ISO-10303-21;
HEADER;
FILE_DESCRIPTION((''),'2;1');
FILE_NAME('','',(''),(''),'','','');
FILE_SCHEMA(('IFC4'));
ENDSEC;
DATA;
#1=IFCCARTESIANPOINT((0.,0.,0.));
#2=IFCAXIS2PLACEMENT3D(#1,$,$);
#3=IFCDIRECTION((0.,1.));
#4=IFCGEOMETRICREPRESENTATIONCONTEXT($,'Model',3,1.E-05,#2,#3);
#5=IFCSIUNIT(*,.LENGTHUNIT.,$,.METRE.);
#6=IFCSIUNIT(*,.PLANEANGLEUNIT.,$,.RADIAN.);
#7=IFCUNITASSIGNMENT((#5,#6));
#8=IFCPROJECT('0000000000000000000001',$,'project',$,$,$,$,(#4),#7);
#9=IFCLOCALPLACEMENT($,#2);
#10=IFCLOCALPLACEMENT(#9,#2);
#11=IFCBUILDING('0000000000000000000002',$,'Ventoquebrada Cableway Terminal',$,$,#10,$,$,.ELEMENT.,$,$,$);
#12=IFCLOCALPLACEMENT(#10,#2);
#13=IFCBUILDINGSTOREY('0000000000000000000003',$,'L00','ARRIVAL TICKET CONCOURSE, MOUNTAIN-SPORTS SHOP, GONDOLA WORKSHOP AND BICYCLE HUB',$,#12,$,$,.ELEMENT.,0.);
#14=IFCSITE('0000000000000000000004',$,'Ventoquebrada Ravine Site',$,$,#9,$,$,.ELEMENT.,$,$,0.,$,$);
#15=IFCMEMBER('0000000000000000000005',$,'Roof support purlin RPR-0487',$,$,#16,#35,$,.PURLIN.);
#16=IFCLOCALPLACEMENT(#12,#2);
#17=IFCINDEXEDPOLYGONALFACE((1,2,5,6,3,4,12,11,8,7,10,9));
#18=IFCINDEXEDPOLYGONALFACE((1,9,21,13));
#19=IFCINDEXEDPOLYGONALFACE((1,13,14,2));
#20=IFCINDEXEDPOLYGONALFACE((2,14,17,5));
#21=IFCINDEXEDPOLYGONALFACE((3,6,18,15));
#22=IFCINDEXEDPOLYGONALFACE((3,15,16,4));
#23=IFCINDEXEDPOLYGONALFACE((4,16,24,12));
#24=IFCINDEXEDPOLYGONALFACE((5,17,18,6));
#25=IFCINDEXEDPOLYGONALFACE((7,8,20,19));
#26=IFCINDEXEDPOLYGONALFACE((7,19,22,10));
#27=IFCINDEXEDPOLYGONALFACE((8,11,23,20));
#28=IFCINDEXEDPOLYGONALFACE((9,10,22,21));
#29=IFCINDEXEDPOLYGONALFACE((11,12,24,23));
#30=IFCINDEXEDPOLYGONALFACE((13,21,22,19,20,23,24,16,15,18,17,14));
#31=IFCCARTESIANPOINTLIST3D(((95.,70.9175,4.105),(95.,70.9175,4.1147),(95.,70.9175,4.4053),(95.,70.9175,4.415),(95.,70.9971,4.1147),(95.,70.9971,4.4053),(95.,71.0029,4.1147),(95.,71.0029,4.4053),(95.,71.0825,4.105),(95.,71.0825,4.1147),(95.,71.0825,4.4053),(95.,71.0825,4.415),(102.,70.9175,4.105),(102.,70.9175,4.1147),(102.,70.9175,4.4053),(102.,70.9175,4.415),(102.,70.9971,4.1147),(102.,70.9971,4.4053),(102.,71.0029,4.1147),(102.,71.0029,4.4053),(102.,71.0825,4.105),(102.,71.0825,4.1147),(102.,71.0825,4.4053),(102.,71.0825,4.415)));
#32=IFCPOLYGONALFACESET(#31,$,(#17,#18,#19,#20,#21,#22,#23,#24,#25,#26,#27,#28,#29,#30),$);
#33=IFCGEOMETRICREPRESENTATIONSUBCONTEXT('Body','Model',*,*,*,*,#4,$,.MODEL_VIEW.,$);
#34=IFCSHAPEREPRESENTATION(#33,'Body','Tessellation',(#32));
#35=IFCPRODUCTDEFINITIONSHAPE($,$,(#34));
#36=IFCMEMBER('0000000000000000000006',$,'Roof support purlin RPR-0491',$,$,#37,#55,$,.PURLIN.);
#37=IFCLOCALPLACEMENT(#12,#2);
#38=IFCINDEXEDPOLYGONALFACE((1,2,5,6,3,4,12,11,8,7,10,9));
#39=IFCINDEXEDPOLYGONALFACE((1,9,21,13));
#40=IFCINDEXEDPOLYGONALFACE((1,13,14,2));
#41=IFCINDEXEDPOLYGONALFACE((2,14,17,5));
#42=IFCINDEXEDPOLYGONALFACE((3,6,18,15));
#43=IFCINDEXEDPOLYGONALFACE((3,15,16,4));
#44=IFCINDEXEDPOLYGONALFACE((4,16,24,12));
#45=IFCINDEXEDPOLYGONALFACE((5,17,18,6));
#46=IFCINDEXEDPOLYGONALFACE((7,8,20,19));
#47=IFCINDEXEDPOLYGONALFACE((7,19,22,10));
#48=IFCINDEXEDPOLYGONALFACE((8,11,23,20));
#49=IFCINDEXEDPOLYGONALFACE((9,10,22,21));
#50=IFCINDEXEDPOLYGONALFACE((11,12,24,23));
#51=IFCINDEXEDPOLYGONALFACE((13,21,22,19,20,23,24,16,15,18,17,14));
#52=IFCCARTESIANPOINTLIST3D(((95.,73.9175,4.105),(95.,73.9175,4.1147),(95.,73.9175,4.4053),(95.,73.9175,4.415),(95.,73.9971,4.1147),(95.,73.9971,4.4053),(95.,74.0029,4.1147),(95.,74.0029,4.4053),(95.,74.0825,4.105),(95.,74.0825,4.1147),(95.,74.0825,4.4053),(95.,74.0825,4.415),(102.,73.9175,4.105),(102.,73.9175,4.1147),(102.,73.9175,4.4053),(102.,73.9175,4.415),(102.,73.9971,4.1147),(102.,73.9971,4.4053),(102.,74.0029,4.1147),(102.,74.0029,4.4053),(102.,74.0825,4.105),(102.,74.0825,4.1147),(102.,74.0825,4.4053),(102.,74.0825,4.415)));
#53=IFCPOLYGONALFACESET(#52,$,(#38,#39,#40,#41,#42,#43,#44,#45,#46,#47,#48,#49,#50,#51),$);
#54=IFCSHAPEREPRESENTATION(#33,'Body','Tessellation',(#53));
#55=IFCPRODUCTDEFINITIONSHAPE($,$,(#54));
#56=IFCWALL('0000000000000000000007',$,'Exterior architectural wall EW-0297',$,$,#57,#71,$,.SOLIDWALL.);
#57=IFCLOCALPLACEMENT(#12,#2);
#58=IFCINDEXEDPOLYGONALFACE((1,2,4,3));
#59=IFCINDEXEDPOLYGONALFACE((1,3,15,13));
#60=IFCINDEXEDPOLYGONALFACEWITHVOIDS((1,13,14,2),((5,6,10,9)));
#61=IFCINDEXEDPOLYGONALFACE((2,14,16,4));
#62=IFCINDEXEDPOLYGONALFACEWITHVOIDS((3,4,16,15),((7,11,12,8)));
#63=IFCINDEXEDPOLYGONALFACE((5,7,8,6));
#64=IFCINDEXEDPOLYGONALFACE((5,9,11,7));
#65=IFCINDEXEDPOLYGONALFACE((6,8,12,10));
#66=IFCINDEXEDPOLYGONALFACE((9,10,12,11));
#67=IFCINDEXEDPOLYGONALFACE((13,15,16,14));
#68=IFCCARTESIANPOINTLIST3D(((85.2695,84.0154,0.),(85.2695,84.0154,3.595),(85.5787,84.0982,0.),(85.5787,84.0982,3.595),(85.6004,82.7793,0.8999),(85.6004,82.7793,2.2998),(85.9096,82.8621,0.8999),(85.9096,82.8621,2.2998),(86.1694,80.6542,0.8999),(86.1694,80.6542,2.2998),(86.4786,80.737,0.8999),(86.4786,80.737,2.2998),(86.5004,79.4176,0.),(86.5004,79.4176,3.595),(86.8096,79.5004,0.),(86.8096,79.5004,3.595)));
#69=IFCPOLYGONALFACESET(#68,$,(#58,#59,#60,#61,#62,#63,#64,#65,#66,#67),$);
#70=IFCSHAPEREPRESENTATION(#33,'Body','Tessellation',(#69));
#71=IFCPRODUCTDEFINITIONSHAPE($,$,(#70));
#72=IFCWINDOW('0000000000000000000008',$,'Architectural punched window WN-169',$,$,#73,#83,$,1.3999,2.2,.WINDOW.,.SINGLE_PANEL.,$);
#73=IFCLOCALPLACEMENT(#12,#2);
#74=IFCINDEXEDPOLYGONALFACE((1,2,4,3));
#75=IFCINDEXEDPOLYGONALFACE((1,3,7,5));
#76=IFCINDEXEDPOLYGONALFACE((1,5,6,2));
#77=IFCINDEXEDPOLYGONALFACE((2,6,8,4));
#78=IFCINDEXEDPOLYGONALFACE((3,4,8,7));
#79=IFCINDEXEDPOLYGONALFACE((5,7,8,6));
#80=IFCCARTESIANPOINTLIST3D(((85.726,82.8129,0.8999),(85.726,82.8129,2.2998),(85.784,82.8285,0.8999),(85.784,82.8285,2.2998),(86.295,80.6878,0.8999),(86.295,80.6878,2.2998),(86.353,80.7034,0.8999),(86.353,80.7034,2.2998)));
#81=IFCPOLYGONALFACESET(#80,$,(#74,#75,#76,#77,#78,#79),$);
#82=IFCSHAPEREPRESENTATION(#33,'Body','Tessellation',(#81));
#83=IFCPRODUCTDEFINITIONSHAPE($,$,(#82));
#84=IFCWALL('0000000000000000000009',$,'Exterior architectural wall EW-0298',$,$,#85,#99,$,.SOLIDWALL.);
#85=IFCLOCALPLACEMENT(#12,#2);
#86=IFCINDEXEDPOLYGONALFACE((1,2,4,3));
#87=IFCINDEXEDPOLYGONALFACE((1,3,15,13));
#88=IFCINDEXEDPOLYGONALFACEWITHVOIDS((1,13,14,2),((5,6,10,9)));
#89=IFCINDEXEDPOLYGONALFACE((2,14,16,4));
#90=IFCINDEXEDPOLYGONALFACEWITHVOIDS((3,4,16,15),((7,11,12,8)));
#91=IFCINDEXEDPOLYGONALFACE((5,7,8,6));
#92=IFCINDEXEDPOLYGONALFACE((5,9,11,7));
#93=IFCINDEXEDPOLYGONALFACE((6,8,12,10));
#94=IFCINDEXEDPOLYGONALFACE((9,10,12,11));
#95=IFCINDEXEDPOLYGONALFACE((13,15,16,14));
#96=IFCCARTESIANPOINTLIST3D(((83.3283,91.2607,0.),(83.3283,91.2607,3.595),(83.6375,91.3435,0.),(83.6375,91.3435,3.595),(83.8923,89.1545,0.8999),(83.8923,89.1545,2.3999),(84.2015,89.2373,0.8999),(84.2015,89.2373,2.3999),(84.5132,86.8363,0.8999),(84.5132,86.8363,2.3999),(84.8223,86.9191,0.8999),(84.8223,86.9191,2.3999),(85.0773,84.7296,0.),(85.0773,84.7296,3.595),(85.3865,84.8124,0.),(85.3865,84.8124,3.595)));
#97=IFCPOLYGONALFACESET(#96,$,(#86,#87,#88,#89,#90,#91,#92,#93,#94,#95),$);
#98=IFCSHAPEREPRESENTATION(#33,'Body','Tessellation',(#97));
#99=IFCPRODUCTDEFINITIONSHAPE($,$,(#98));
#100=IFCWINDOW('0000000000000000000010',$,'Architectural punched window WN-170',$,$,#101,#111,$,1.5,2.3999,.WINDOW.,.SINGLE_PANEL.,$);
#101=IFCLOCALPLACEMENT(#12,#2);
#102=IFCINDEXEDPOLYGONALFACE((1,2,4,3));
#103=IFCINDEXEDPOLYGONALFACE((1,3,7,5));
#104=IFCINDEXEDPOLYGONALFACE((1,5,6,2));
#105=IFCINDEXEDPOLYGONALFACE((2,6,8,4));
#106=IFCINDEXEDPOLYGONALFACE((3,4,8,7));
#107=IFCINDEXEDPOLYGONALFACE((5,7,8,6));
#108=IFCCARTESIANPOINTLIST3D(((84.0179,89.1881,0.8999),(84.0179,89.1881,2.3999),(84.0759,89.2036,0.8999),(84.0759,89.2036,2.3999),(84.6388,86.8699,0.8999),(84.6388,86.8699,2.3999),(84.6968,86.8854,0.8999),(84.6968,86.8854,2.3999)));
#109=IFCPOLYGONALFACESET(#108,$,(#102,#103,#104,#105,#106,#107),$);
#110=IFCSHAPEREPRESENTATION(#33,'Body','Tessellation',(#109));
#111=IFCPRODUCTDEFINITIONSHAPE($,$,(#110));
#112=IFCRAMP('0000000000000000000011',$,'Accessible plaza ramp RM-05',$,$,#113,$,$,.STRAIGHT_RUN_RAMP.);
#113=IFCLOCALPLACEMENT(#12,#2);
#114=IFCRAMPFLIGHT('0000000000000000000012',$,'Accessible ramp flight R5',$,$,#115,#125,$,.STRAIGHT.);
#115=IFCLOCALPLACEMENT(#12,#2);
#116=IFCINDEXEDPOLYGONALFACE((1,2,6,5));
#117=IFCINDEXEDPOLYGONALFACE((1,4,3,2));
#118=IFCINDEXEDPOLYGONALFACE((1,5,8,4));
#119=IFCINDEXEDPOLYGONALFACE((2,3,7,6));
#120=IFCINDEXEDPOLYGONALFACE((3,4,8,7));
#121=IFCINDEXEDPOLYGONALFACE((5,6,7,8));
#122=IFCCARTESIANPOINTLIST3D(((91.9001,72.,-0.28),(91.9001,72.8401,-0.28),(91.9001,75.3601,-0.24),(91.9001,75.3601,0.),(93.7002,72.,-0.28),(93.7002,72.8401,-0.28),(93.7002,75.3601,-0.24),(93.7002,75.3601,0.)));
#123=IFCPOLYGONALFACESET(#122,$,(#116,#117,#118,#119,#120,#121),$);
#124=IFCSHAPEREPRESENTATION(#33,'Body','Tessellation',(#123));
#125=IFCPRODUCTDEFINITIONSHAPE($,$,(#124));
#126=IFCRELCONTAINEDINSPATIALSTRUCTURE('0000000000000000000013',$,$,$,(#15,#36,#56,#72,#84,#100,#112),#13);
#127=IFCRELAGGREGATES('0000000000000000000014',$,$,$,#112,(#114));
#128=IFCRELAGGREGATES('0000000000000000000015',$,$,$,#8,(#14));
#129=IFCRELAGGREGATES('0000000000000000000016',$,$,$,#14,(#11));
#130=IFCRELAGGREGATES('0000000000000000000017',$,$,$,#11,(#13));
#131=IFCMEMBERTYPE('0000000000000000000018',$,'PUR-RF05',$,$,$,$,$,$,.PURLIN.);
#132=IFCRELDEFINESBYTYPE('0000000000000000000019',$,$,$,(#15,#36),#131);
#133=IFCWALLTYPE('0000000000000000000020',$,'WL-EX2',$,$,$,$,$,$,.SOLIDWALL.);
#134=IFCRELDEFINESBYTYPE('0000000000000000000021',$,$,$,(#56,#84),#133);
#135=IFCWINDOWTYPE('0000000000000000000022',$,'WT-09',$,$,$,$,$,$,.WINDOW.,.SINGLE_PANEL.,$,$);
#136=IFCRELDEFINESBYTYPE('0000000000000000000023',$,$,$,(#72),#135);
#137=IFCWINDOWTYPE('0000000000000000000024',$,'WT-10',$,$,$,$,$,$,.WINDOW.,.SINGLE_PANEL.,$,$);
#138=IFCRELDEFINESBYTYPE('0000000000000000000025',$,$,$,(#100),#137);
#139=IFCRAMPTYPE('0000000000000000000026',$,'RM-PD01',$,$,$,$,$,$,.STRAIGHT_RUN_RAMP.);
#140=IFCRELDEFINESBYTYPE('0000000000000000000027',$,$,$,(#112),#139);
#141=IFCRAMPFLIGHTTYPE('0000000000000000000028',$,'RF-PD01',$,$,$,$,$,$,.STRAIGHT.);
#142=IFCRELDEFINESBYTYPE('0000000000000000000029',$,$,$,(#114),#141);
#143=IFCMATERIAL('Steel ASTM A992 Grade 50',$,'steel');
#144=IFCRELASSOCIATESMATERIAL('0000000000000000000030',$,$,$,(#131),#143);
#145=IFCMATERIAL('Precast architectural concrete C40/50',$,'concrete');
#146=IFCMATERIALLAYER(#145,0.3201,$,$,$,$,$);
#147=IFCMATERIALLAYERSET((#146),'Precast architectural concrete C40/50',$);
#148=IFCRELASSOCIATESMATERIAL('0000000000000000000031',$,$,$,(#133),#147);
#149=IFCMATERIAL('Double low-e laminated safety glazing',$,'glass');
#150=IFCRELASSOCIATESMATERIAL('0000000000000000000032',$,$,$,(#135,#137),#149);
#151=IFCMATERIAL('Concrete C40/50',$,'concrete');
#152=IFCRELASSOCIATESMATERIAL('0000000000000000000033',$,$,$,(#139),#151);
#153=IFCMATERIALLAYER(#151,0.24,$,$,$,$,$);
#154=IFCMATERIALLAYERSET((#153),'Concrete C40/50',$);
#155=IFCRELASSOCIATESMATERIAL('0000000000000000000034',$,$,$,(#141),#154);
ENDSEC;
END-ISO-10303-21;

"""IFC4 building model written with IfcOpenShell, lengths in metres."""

from ifc_helpers import new_model, si_unit, direction, frame, frame_2d, origin, origin_2d, place, context, subcontext, project, spatial, polyline, rectangle, i_section, outline, extrude, material, layer, layer_set, material_profile, profile_set, type_object, element, fill, aggregate, save


model = new_model("IFC4")

# Units and contexts
model_context = context("Model", 3, precision=1e-05, world=origin(), true_north=direction((0.0, 1.0)))
body_context = subcontext(model_context, "Body", "Model", "MODEL_VIEW")
ifc_project = project(units=[si_unit("LENGTHUNIT", "METRE"), si_unit("PLANEANGLEUNIT", "RADIAN")], contexts=[model_context])

# Site, building, storey
site_placement = place(None, origin())
site = spatial("IfcSite", under=ifc_project, at=site_placement, Name="Ventoquebrada Ravine Site", CompositionType="ELEMENT", RefElevation=0.0)
building_placement = place(site_placement, origin())
building = spatial("IfcBuilding", under=site, at=building_placement, Name="Ventoquebrada Cableway Terminal", CompositionType="ELEMENT")
storey_placement = place(building_placement, origin())
storey = spatial("IfcBuildingStorey", under=building, at=storey_placement, Name="L00", Description="ARRIVAL TICKET CONCOURSE, MOUNTAIN-SPORTS SHOP, GONDOLA WORKSHOP AND BICYCLE HUB", CompositionType="ELEMENT", Elevation=0.0)

# Shared definitions
ifc_material_1 = material(Name="Concrete C40/50", Category="concrete")

# Members
ifc_material_2 = material(Name="Steel ASTM A992 Grade 50", Category="steel")
ifc_material_profile_1 = material_profile(ifc_material_2, i_section(OverallWidth=0.165, OverallDepth=0.3101, WebThickness=0.0059, FlangeThickness=0.0098, at=origin_2d()), Name="W12X26")
ifc_profile_set_1 = profile_set([ifc_material_profile_1], Name="Steel ASTM A992 Grade 50")
member_type = type_object("IfcMemberType", Name="PUR-RF05", PredefinedType="PURLIN", material=ifc_profile_set_1)
for number, where, z_axis, x_axis, name in (
    (1, (95.0, 71.0, 4.26), (1.0, 0.0, 0.0), (0.0, 1.0, 0.0), "Roof support purlin RPR-0487"),
    (2, (95.0, 74.0, 4.26), (1.0, 0.0, 0.0), (0.0, 1.0, 0.0), "Roof support purlin RPR-0491"),
):
    element("IfcMember", number, at=place(storey_placement, frame(where, z_axis=z_axis, x_axis=x_axis)), inside=storey, type_object=member_type, Name=name, PredefinedType="PURLIN", context=body_context, shape_type="SweptSolid", body=[
        extrude(i_section(OverallWidth=0.165, OverallDepth=0.3101, WebThickness=0.0059, FlangeThickness=0.0098, at=origin_2d()), origin(), (0.0, 0.0, 1.0), 7.0),
    ])

# Walls, openings, windows
ifc_material_3 = material(Name="Precast architectural concrete C40/50", Category="concrete")
ifc_layer_1 = layer(ifc_material_3, 0.3201)
ifc_layer_set_1 = layer_set([ifc_layer_1], Name="Precast architectural concrete C40/50")
wall_type = type_object("IfcWallType", Name="WL-EX2", PredefinedType="SOLIDWALL", material=ifc_layer_set_1)
wall_1_placement = place(storey_placement, frame((86.655, 79.459, 0.0), z_axis=(0.0, 0.0, 1.0), x_axis=(-0.258614, 0.965981, 0.0)))
wall_1 = element("IfcWall", 3, at=wall_1_placement, inside=storey, type_object=wall_type, Name="Exterior architectural wall EW-0297", PredefinedType="SOLIDWALL", context=body_context, shape_type="SweptSolid", body=[
    extrude(rectangle(XDim=4.7598, YDim=0.3201, at=frame_2d((2.3799, 0.0))), origin(), (0.0, 0.0, 1.0), 3.595),
])
opening_1_placement = place(wall_1_placement, frame((1.28, 0.0, 0.8999)))
opening_1 = element("IfcOpeningElement", 4, at=opening_1_placement, cuts=wall_1, PredefinedType="OPENING", context=body_context, shape_type="SweptSolid", body=[
    extrude(rectangle(XDim=2.2, YDim=1.3999, at=frame_2d((1.1001, 0.7))), frame((0.0, 0.1699, 0.0), z_axis=(0.0, -1.0, 0.0), x_axis=(1.0, 0.0, 0.0)), (0.0, 0.0, 1.0), 0.3401),
])
ifc_material_4 = material(Name="Double low-e laminated safety glazing", Category="glass")
window_type_1 = type_object("IfcWindowType", Name="WT-09", PartitioningType="SINGLE_PANEL", PredefinedType="WINDOW", material=ifc_material_4)
window_1_placement = place(opening_1_placement, origin())
window_1 = element("IfcWindow", 5, at=window_1_placement, inside=storey, type_object=window_type_1, Name="Architectural punched window WN-169", OverallHeight=1.3999, OverallWidth=2.2, PartitioningType="SINGLE_PANEL", PredefinedType="WINDOW", context=body_context, shape_type="SweptSolid", body=[
    extrude(rectangle(XDim=2.2, YDim=1.3999, at=frame_2d((1.1001, 0.7))), frame((0.0, 0.03, 0.0), z_axis=(0.0, -1.0, 0.0), x_axis=(1.0, 0.0, 0.0)), (0.0, 0.0, 1.0), 0.0601),
])
fill(opening_1, window_1)
wall_2_placement = place(storey_placement, frame((85.2319, 84.771, 0.0), z_axis=(0.0, 0.0, 1.0), x_axis=(-0.258687, 0.965961, 0.0)))
wall_2 = element("IfcWall", 6, at=wall_2_placement, inside=storey, type_object=wall_type, Name="Exterior architectural wall EW-0298", PredefinedType="SOLIDWALL", context=body_context, shape_type="SweptSolid", body=[
    extrude(rectangle(XDim=6.7612, YDim=0.3201, at=frame_2d((3.3806, 0.0))), origin(), (0.0, 0.0, 1.0), 3.595),
])
opening_2_placement = place(wall_2_placement, frame((2.1809, 0.0, 0.8999)))
opening_2 = element("IfcOpeningElement", 7, at=opening_2_placement, cuts=wall_2, PredefinedType="OPENING", context=body_context, shape_type="SweptSolid", body=[
    extrude(rectangle(XDim=2.3999, YDim=1.5, at=frame_2d((1.2, 0.75))), frame((0.0, 0.1699, 0.0), z_axis=(0.0, -1.0, 0.0), x_axis=(1.0, 0.0, 0.0)), (0.0, 0.0, 1.0), 0.3401),
])
window_type_2 = type_object("IfcWindowType", Name="WT-10", PartitioningType="SINGLE_PANEL", PredefinedType="WINDOW", material=ifc_material_4)
window_2_placement = place(opening_2_placement, origin())
window_2 = element("IfcWindow", 8, at=window_2_placement, inside=storey, type_object=window_type_2, Name="Architectural punched window WN-170", OverallHeight=1.5, OverallWidth=2.3999, PartitioningType="SINGLE_PANEL", PredefinedType="WINDOW", context=body_context, shape_type="SweptSolid", body=[
    extrude(rectangle(XDim=2.3999, YDim=1.5, at=frame_2d((1.2, 0.75))), frame((0.0, 0.03, 0.0), z_axis=(0.0, -1.0, 0.0), x_axis=(1.0, 0.0, 0.0)), (0.0, 0.0, 1.0), 0.0601),
])
fill(opening_2, window_2)

# Ramp, ramp flight
ramp_type = type_object("IfcRampType", Name="RM-PD01", PredefinedType="STRAIGHT_RUN_RAMP", material=ifc_material_1)
ramp_placement = place(storey_placement, origin())
ramp = element("IfcRamp", 9, at=ramp_placement, inside=storey, type_object=ramp_type, Name="Accessible plaza ramp RM-05", PredefinedType="STRAIGHT_RUN_RAMP")
ifc_layer_2 = layer(ifc_material_1, 0.24)
ifc_layer_set_2 = layer_set([ifc_layer_2], Name="Concrete C40/50")
ramp_flight_type = type_object("IfcRampFlightType", Name="RF-PD01", PredefinedType="STRAIGHT", material=ifc_layer_set_2)
ramp_flight_placement = place(storey_placement, frame((92.8, 72.0, -0.28), z_axis=(0.0, 0.0, 1.0), x_axis=(0.0, 1.0, 0.0)))
ramp_flight = element("IfcRampFlight", 10, at=ramp_flight_placement, type_object=ramp_flight_type, Name="Accessible ramp flight R5", PredefinedType="STRAIGHT", context=body_context, shape_type="SweptSolid", body=[
    extrude(outline(polyline([(0.0, 0.0), (0.8401, 0.0), (3.3601, 0.04), (3.3601, 0.28), (0.0, 0.0)])), frame((0.0, 0.8999, 0.0), z_axis=(0.0, -1.0, 0.0), x_axis=(1.0, 0.0, 0.0)), (0.0, 0.0, 1.0), 1.8),
])
aggregate(ramp, [ramp_flight])

save(model, "model.ifc")
